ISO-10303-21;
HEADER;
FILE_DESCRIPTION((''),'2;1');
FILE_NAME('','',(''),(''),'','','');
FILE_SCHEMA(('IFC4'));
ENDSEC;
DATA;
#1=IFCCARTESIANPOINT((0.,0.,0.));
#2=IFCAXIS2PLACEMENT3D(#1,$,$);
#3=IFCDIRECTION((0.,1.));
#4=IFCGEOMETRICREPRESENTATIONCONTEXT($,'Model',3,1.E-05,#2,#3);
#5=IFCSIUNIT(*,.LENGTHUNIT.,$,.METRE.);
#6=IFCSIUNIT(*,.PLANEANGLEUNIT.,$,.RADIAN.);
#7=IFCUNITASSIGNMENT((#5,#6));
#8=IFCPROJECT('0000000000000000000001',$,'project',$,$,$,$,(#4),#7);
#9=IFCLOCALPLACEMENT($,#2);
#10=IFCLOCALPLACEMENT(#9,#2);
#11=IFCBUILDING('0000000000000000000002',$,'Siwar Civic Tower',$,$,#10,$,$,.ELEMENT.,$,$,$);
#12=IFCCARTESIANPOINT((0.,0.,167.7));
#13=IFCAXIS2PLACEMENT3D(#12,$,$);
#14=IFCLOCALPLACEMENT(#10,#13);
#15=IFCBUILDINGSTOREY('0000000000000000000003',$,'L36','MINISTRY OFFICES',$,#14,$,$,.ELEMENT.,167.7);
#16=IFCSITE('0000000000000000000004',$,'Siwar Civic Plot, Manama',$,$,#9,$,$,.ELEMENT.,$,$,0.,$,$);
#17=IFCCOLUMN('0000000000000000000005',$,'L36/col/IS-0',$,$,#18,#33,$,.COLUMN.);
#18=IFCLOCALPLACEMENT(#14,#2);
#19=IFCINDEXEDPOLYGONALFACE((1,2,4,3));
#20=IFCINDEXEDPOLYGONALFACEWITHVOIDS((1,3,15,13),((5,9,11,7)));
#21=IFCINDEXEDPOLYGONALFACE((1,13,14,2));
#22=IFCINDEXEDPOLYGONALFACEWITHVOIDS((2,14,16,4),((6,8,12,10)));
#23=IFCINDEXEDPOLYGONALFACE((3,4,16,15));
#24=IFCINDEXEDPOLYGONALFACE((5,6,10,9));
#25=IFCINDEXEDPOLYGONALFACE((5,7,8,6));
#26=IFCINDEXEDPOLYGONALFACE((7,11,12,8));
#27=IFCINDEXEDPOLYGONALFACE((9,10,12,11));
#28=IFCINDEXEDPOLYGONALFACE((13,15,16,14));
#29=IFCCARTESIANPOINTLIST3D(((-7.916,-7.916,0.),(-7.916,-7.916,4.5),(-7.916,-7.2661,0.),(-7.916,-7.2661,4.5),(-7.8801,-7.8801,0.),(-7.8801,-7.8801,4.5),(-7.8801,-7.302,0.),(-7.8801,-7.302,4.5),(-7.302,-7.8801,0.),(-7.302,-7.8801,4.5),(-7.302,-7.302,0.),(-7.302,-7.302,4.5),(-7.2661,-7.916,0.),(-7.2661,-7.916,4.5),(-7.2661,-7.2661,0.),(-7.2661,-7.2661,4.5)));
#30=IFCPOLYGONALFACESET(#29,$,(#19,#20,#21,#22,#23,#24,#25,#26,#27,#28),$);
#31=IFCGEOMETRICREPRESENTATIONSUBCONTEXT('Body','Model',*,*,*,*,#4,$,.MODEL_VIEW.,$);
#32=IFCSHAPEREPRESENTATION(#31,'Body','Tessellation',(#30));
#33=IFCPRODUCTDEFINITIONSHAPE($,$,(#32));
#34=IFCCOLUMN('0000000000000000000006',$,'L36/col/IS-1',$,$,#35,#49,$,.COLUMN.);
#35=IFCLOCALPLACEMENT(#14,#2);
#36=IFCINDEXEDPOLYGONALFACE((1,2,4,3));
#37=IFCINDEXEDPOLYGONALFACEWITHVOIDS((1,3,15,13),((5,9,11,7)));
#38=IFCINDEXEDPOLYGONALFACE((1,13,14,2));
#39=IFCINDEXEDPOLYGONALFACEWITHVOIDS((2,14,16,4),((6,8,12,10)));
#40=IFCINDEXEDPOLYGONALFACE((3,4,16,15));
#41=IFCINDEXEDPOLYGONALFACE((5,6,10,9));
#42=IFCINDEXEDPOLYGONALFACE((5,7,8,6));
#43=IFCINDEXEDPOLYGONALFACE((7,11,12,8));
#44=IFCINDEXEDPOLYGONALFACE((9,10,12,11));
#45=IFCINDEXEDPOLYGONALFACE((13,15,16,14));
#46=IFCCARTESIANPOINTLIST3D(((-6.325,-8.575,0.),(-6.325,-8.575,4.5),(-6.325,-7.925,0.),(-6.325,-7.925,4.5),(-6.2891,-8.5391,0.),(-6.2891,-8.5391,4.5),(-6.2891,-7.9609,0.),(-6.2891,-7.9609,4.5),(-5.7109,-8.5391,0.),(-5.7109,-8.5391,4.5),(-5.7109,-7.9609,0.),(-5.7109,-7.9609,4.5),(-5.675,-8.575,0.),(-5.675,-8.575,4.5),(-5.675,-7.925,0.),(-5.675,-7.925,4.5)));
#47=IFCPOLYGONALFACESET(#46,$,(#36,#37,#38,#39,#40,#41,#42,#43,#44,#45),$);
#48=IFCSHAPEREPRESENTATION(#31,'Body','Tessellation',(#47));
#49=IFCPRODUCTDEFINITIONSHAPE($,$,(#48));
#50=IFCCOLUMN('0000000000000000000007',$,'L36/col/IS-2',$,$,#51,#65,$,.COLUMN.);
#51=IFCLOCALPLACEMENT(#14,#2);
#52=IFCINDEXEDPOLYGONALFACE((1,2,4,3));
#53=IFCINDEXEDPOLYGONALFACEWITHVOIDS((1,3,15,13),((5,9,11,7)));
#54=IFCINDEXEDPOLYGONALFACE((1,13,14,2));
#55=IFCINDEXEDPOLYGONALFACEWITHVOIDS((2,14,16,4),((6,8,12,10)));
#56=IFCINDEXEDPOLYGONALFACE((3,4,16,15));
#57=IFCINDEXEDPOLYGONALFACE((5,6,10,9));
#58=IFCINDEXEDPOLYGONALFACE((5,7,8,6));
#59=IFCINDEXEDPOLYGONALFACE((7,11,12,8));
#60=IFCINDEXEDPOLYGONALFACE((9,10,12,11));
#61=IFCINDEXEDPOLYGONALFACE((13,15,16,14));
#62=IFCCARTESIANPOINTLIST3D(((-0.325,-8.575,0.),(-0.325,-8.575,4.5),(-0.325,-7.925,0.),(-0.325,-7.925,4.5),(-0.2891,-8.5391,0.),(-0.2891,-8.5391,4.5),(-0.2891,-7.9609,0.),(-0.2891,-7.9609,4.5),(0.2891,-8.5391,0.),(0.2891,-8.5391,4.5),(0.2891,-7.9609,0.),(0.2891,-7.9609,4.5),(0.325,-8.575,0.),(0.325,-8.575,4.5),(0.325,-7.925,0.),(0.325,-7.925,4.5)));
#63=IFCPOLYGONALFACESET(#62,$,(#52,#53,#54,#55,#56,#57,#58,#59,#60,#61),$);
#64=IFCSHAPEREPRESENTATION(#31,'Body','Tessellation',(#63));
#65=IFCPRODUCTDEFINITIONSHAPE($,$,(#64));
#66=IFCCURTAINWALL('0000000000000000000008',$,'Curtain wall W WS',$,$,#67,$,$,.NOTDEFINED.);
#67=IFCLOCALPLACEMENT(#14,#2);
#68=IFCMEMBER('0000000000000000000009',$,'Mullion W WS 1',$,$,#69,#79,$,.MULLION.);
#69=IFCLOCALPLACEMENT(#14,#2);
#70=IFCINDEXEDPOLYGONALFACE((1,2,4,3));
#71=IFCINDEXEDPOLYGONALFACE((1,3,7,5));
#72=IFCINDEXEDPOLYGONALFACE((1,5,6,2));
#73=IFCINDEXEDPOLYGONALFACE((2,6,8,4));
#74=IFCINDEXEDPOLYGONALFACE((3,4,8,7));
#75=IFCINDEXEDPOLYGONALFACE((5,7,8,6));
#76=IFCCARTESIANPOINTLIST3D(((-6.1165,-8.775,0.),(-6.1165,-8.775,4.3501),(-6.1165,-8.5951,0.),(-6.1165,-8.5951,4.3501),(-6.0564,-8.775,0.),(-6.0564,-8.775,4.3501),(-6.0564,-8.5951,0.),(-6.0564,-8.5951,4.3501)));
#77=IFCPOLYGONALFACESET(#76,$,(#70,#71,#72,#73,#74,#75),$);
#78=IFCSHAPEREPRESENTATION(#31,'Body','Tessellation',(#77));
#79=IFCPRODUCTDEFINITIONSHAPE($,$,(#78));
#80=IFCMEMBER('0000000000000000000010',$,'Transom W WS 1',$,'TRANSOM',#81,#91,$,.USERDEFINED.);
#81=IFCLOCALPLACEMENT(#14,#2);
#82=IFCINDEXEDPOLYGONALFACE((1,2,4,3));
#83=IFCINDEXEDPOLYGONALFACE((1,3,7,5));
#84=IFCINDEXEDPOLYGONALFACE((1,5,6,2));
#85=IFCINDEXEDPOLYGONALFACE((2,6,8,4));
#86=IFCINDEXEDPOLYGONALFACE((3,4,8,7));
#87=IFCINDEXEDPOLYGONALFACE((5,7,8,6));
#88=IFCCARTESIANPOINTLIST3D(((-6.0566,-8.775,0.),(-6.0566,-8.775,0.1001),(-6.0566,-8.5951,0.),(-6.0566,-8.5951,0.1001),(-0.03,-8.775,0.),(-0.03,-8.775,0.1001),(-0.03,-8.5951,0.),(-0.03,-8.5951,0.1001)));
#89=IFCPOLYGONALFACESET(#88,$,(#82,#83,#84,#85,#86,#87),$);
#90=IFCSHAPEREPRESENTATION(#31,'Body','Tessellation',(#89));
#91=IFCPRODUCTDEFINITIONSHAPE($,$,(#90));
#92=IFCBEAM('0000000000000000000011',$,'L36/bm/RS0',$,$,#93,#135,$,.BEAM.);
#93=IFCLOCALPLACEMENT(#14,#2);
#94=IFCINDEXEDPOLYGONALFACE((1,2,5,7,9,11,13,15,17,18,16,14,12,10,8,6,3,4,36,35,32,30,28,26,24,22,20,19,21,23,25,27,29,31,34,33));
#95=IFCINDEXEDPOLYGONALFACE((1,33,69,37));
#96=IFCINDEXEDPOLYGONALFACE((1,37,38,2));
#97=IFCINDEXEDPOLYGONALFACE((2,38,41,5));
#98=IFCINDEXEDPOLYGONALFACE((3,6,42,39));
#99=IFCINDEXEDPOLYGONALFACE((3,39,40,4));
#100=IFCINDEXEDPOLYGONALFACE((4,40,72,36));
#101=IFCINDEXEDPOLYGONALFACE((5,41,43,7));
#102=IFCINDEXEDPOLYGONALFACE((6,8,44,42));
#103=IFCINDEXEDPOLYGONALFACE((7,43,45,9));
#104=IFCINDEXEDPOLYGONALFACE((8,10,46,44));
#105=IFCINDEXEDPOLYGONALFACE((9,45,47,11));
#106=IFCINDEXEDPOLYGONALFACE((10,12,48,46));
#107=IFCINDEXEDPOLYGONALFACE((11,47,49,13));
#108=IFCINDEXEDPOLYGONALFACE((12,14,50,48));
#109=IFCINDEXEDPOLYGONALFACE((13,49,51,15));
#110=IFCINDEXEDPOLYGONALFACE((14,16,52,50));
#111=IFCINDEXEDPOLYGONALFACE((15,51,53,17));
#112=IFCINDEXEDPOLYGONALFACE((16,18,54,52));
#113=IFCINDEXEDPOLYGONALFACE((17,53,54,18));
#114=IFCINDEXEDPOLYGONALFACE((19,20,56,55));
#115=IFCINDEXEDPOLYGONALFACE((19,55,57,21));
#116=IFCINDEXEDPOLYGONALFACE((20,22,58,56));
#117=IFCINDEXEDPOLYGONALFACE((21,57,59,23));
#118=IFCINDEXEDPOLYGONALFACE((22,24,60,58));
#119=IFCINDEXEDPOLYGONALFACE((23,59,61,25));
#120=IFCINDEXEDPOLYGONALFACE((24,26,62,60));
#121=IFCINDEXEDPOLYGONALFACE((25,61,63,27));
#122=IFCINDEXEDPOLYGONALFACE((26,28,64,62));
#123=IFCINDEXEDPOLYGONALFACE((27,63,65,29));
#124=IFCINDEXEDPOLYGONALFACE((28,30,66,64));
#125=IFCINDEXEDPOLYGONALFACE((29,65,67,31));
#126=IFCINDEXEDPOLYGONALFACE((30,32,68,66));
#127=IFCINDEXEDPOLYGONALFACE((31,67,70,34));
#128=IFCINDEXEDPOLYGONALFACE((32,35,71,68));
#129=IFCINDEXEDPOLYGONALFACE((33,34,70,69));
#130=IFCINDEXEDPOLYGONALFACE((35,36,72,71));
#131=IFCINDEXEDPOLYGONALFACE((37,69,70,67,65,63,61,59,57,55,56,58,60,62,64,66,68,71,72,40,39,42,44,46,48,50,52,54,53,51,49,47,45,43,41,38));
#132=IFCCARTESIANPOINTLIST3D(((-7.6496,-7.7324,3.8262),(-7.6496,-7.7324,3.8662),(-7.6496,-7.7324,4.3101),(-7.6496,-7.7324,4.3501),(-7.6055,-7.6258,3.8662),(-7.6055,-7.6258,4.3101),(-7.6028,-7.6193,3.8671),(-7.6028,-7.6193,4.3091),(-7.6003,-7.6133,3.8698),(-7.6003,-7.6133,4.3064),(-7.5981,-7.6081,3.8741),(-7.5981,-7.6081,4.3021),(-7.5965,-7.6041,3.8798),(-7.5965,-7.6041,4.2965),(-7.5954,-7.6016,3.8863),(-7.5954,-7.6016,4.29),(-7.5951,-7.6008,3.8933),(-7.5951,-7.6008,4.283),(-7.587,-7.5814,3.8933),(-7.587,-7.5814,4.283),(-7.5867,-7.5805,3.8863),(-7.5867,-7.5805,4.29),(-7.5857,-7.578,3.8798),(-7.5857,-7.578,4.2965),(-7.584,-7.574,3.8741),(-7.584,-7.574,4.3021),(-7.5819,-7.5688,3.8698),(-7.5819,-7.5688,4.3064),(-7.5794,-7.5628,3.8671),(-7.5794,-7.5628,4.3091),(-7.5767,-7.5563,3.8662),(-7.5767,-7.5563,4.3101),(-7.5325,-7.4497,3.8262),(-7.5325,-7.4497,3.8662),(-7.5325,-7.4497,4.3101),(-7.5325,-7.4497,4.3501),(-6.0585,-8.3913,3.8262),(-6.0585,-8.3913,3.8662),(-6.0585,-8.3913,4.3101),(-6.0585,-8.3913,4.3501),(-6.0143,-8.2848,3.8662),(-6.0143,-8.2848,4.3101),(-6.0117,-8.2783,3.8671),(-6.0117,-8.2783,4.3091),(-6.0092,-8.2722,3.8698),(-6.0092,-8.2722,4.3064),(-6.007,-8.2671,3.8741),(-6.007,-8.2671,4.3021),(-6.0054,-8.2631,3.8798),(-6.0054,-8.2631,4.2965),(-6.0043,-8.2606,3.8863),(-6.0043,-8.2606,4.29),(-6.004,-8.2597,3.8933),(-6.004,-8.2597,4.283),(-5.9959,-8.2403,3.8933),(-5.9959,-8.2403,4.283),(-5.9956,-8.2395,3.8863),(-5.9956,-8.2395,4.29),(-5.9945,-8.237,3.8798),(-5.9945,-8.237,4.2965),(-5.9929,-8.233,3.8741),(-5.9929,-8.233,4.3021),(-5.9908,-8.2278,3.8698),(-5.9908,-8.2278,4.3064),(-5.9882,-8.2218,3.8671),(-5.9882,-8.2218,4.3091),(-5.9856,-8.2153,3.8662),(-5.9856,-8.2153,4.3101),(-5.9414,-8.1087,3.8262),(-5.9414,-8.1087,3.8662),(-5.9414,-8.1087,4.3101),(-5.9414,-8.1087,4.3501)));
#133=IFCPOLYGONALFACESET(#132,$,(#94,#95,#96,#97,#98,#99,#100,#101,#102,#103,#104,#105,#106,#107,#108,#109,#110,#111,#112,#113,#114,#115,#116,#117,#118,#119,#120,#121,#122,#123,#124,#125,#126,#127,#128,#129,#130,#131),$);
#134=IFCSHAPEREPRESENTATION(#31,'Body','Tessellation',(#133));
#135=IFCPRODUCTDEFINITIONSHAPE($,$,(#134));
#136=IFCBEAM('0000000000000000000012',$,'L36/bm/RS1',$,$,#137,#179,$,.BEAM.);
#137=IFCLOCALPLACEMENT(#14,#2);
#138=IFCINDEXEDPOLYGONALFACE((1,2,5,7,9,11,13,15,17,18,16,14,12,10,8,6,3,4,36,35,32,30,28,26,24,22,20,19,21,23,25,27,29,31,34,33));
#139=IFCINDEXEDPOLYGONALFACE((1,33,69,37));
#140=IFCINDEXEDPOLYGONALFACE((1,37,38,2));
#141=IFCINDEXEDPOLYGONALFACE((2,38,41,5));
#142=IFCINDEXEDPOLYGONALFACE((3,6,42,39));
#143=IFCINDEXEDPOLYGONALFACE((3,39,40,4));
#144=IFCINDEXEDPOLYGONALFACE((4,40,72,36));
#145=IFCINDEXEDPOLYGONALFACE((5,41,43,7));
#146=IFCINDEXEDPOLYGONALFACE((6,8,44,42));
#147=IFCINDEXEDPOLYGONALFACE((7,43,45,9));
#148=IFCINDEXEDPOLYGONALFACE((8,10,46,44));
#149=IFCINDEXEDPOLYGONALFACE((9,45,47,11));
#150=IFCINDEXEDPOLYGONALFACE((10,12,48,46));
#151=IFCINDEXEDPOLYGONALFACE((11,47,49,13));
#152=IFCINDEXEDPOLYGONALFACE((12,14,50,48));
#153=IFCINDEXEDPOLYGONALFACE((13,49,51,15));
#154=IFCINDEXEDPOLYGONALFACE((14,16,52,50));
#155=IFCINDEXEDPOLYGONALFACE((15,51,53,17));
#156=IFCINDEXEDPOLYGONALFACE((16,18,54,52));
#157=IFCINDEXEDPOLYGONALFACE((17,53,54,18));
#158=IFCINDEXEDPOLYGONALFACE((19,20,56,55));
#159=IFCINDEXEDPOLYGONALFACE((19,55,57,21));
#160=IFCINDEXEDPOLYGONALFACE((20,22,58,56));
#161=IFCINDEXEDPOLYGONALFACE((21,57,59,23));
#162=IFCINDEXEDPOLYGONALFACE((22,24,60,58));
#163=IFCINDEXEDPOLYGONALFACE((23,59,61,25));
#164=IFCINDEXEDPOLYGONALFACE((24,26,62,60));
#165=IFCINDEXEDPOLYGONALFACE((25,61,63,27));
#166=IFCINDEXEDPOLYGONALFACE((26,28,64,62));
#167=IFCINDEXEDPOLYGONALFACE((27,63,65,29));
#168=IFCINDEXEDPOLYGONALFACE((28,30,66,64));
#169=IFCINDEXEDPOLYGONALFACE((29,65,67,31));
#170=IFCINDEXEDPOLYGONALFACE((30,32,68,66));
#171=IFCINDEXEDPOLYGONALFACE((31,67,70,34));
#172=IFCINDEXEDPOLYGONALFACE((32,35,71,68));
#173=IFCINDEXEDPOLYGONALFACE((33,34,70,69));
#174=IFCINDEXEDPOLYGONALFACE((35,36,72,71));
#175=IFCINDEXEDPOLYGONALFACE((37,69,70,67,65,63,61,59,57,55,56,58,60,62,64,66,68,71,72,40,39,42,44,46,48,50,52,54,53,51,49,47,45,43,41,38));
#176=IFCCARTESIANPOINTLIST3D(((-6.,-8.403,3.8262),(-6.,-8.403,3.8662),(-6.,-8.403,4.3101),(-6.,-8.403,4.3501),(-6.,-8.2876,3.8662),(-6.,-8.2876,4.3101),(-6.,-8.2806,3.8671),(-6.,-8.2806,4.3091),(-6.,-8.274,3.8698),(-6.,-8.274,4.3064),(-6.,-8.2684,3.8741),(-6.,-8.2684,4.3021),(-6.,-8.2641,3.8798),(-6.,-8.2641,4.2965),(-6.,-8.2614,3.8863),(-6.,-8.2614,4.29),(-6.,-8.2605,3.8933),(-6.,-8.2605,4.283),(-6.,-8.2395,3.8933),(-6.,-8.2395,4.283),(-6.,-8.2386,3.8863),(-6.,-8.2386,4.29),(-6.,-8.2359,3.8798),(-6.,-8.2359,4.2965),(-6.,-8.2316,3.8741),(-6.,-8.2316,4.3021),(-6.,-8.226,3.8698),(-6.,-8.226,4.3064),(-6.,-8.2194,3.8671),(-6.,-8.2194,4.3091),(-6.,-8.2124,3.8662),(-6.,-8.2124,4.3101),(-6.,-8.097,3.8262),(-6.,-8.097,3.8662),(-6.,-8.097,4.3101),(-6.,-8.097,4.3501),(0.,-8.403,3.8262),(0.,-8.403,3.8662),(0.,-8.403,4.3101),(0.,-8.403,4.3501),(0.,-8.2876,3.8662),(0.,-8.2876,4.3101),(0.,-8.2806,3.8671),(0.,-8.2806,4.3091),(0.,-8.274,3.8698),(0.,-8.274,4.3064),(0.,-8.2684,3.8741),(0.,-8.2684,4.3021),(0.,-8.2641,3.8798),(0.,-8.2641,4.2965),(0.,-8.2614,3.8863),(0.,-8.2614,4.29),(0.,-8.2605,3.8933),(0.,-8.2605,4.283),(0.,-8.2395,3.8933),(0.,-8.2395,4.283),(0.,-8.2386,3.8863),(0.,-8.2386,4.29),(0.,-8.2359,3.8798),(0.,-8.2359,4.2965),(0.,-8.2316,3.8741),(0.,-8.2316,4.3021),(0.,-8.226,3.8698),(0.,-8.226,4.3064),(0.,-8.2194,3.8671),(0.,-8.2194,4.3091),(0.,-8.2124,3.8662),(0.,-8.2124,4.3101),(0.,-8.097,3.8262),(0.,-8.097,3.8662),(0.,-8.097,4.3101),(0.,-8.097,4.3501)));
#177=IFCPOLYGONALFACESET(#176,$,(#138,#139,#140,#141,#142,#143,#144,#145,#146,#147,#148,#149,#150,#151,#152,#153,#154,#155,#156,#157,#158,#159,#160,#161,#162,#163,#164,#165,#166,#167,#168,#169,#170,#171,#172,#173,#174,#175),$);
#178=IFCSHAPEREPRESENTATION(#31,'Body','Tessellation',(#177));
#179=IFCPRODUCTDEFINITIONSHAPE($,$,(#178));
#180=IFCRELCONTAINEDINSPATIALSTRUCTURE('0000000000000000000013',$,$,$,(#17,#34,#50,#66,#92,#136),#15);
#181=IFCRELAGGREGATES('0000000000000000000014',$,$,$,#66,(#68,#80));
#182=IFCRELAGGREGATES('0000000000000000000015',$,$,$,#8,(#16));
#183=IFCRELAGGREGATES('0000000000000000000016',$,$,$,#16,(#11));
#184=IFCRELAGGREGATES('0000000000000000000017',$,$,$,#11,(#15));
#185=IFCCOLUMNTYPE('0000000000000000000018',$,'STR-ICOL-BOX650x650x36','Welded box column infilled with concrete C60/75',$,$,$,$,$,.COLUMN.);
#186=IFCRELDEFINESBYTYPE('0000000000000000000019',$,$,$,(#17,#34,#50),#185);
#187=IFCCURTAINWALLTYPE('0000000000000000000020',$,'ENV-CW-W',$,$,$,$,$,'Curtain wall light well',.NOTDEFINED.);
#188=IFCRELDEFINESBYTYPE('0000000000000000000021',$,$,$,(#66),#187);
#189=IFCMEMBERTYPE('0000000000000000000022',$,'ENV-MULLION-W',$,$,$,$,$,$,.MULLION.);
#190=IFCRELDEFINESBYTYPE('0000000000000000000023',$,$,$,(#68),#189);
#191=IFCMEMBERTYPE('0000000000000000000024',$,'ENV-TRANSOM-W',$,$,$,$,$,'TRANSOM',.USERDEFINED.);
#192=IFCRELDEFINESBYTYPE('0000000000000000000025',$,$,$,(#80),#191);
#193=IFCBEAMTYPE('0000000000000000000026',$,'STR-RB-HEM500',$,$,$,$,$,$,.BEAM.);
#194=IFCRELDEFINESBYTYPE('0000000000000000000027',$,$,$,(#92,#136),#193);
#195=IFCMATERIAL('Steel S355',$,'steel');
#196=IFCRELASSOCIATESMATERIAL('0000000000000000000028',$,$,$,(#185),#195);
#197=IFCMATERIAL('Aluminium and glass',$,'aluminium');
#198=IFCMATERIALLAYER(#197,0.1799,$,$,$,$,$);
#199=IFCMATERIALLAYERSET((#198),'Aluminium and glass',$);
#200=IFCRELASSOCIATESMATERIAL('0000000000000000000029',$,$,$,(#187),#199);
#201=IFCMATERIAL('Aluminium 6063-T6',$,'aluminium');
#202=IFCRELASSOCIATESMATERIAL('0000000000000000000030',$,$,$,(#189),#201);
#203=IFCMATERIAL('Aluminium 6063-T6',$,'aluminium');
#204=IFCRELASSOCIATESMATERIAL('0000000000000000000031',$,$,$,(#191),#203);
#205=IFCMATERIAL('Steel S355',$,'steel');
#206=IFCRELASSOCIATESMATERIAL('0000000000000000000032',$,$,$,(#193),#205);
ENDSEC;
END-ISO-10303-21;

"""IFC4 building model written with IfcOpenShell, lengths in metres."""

from ifc_helpers import new_model, si_unit, direction, frame, origin, origin_2d, place, context, subcontext, project, spatial, rectangle, hollow_rectangle, i_section, extrude, material, layer, layer_set, material_profile, profile_set, type_object, element, aggregate, save


model = new_model("IFC4")

# Units and contexts
model_context = context("Model", 3, precision=1e-05, world=origin(), true_north=direction((0.0, 1.0)))
body_context = subcontext(model_context, "Body", "Model", "MODEL_VIEW")
ifc_project = project(units=[si_unit("LENGTHUNIT", "METRE"), si_unit("PLANEANGLEUNIT", "RADIAN")], contexts=[model_context])

# Site, building, storey
site_placement = place(None, origin())
site = spatial("IfcSite", under=ifc_project, at=site_placement, Name="Siwar Civic Plot, Manama", CompositionType="ELEMENT", RefElevation=0.0)
building_placement = place(site_placement, origin())
building = spatial("IfcBuilding", under=site, at=building_placement, Name="Siwar Civic Tower", CompositionType="ELEMENT")
storey_placement = place(building_placement, frame((0.0, 0.0, 167.7)))
storey = spatial("IfcBuildingStorey", under=building, at=storey_placement, Name="L36", Description="MINISTRY OFFICES", CompositionType="ELEMENT", Elevation=167.7)

# Columns
ifc_material_1 = material(Name="Steel S355", Category="steel")
ifc_material_profile_1 = material_profile(ifc_material_1, hollow_rectangle(XDim=0.6499, YDim=0.6499, WallThickness=0.0359, at=origin_2d()), Name="BOX650x650x36")
ifc_profile_set_1 = profile_set([ifc_material_profile_1], Name="Steel S355")
column_type = type_object("IfcColumnType", Name="STR-ICOL-BOX650x650x36", Description="Welded box column infilled with concrete C60/75", PredefinedType="COLUMN", material=ifc_profile_set_1)
for number, where, z_axis, x_axis, name in (
    (1, (-7.5911, -7.5911, 0.0), (0.0, 0.0, 1.0), (1.0, 0.0, 0.0), "L36/col/IS-0"),
    (2, (-6.0, -8.25, 0.0), (0.0, 0.0, 1.0), (1.0, 0.0, 0.0), "L36/col/IS-1"),
    (3, (0.0, -8.25, 0.0), (0.0, 0.0, 1.0), (1.0, 0.0, 0.0), "L36/col/IS-2"),
):
    element("IfcColumn", number, at=place(storey_placement, frame(where, z_axis=z_axis, x_axis=x_axis)), inside=storey, type_object=column_type, Name=name, PredefinedType="COLUMN", context=body_context, shape_type="SweptSolid", body=[
        extrude(hollow_rectangle(XDim=0.6499, YDim=0.6499, WallThickness=0.0359, at=origin_2d()), origin(), (0.0, 0.0, 1.0), 4.5),
    ])

# Curtain wall, members
ifc_material_2 = material(Name="Aluminium and glass", Category="aluminium")
ifc_layer_1 = layer(ifc_material_2, 0.1799)
ifc_layer_set_1 = layer_set([ifc_layer_1], Name="Aluminium and glass")
curtain_wall_type = type_object("IfcCurtainWallType", Name="ENV-CW-W", ElementType="Curtain wall light well", PredefinedType="NOTDEFINED", material=ifc_layer_set_1)
curtain_wall_placement = place(storey_placement, origin())
curtain_wall = element("IfcCurtainWall", 4, at=curtain_wall_placement, inside=storey, type_object=curtain_wall_type, Name="Curtain wall W WS", PredefinedType="NOTDEFINED")
ifc_material_3 = material(Name="Aluminium 6063-T6", Category="aluminium")
ifc_material_profile_2 = material_profile(ifc_material_3, rectangle(XDim=0.1799, YDim=0.0601, at=origin_2d()), Name="AL 180x60")
ifc_profile_set_2 = profile_set([ifc_material_profile_2], Name="Aluminium 6063-T6")
member_type_1 = type_object("IfcMemberType", Name="ENV-MULLION-W", PredefinedType="MULLION", material=ifc_profile_set_2)
member_1_placement = place(storey_placement, frame((-6.0864, -8.6851, 0.0), z_axis=(0.0, 0.0, 1.0), x_axis=(0.0, 1.0, 0.0)))
member_1 = element("IfcMember", 5, at=member_1_placement, type_object=member_type_1, Name="Mullion W WS 1", PredefinedType="MULLION", context=body_context, shape_type="SweptSolid", body=[
    extrude(rectangle(XDim=0.1799, YDim=0.0601, at=origin_2d()), origin(), (0.0, 0.0, 1.0), 4.3501),
])
ifc_material_4 = material(Name="Aluminium 6063-T6", Category="aluminium")
ifc_material_profile_3 = material_profile(ifc_material_4, rectangle(XDim=0.1799, YDim=0.1001, at=origin_2d()), Name="AL 180x100")
ifc_profile_set_3 = profile_set([ifc_material_profile_3], Name="Aluminium 6063-T6")
member_type_2 = type_object("IfcMemberType", Name="ENV-TRANSOM-W", ElementType="TRANSOM", PredefinedType="USERDEFINED", material=ifc_profile_set_3)
member_2_placement = place(storey_placement, frame((-6.0566, -8.6851, 0.05), z_axis=(1.0, 0.0, 0.0), x_axis=(0.0, 1.0, 0.0)))
member_2 = element("IfcMember", 6, at=member_2_placement, type_object=member_type_2, Name="Transom W WS 1", ObjectType="TRANSOM", PredefinedType="USERDEFINED", context=body_context, shape_type="SweptSolid", body=[
    extrude(rectangle(XDim=0.1799, YDim=0.1001, at=origin_2d()), origin(), (0.0, 0.0, 1.0), 6.0266),
])

# Beams
ifc_material_5 = material(Name="Steel S355", Category="steel")
ifc_material_profile_4 = material_profile(ifc_material_5, i_section(OverallWidth=0.3059, OverallDepth=0.5239, WebThickness=0.021, FlangeThickness=0.04, FilletRadius=0.0271, at=origin_2d()), Name="HEM500")
ifc_profile_set_4 = profile_set([ifc_material_profile_4], Name="Steel S355")
beam_type = type_object("IfcBeamType", Name="STR-RB-HEM500", PredefinedType="BEAM", material=ifc_profile_set_4)
beam_1_placement = place(storey_placement, frame((-7.5911, -7.5911, 4.0881), z_axis=(0.923901, -0.382631, 0.0), x_axis=(0.382631, 0.923901, 0.0)))
element("IfcBeam", 7, at=beam_1_placement, inside=storey, type_object=beam_type, Name="L36/bm/RS0", PredefinedType="BEAM", context=body_context, shape_type="SweptSolid", body=[
    extrude(i_section(OverallWidth=0.3059, OverallDepth=0.5239, WebThickness=0.021, FlangeThickness=0.04, FilletRadius=0.0271, at=origin_2d()), origin(), (0.0, 0.0, 1.0), 1.7222),
])
for number, where, z_axis, x_axis, name in (
    (8, (-6.0, -8.25, 4.0881), (1.0, 0.0, 0.0), (0.0, 1.0, 0.0), "L36/bm/RS1"),
):
    element("IfcBeam", number, at=place(storey_placement, frame(where, z_axis=z_axis, x_axis=x_axis)), inside=storey, type_object=beam_type, Name=name, PredefinedType="BEAM", context=body_context, shape_type="SweptSolid", body=[
        extrude(i_section(OverallWidth=0.3059, OverallDepth=0.5239, WebThickness=0.021, FlangeThickness=0.04, FilletRadius=0.0271, at=origin_2d()), origin(), (0.0, 0.0, 1.0), 6.0),
    ])

aggregate(curtain_wall, [member_1, member_2])

save(model, "model.ifc")
